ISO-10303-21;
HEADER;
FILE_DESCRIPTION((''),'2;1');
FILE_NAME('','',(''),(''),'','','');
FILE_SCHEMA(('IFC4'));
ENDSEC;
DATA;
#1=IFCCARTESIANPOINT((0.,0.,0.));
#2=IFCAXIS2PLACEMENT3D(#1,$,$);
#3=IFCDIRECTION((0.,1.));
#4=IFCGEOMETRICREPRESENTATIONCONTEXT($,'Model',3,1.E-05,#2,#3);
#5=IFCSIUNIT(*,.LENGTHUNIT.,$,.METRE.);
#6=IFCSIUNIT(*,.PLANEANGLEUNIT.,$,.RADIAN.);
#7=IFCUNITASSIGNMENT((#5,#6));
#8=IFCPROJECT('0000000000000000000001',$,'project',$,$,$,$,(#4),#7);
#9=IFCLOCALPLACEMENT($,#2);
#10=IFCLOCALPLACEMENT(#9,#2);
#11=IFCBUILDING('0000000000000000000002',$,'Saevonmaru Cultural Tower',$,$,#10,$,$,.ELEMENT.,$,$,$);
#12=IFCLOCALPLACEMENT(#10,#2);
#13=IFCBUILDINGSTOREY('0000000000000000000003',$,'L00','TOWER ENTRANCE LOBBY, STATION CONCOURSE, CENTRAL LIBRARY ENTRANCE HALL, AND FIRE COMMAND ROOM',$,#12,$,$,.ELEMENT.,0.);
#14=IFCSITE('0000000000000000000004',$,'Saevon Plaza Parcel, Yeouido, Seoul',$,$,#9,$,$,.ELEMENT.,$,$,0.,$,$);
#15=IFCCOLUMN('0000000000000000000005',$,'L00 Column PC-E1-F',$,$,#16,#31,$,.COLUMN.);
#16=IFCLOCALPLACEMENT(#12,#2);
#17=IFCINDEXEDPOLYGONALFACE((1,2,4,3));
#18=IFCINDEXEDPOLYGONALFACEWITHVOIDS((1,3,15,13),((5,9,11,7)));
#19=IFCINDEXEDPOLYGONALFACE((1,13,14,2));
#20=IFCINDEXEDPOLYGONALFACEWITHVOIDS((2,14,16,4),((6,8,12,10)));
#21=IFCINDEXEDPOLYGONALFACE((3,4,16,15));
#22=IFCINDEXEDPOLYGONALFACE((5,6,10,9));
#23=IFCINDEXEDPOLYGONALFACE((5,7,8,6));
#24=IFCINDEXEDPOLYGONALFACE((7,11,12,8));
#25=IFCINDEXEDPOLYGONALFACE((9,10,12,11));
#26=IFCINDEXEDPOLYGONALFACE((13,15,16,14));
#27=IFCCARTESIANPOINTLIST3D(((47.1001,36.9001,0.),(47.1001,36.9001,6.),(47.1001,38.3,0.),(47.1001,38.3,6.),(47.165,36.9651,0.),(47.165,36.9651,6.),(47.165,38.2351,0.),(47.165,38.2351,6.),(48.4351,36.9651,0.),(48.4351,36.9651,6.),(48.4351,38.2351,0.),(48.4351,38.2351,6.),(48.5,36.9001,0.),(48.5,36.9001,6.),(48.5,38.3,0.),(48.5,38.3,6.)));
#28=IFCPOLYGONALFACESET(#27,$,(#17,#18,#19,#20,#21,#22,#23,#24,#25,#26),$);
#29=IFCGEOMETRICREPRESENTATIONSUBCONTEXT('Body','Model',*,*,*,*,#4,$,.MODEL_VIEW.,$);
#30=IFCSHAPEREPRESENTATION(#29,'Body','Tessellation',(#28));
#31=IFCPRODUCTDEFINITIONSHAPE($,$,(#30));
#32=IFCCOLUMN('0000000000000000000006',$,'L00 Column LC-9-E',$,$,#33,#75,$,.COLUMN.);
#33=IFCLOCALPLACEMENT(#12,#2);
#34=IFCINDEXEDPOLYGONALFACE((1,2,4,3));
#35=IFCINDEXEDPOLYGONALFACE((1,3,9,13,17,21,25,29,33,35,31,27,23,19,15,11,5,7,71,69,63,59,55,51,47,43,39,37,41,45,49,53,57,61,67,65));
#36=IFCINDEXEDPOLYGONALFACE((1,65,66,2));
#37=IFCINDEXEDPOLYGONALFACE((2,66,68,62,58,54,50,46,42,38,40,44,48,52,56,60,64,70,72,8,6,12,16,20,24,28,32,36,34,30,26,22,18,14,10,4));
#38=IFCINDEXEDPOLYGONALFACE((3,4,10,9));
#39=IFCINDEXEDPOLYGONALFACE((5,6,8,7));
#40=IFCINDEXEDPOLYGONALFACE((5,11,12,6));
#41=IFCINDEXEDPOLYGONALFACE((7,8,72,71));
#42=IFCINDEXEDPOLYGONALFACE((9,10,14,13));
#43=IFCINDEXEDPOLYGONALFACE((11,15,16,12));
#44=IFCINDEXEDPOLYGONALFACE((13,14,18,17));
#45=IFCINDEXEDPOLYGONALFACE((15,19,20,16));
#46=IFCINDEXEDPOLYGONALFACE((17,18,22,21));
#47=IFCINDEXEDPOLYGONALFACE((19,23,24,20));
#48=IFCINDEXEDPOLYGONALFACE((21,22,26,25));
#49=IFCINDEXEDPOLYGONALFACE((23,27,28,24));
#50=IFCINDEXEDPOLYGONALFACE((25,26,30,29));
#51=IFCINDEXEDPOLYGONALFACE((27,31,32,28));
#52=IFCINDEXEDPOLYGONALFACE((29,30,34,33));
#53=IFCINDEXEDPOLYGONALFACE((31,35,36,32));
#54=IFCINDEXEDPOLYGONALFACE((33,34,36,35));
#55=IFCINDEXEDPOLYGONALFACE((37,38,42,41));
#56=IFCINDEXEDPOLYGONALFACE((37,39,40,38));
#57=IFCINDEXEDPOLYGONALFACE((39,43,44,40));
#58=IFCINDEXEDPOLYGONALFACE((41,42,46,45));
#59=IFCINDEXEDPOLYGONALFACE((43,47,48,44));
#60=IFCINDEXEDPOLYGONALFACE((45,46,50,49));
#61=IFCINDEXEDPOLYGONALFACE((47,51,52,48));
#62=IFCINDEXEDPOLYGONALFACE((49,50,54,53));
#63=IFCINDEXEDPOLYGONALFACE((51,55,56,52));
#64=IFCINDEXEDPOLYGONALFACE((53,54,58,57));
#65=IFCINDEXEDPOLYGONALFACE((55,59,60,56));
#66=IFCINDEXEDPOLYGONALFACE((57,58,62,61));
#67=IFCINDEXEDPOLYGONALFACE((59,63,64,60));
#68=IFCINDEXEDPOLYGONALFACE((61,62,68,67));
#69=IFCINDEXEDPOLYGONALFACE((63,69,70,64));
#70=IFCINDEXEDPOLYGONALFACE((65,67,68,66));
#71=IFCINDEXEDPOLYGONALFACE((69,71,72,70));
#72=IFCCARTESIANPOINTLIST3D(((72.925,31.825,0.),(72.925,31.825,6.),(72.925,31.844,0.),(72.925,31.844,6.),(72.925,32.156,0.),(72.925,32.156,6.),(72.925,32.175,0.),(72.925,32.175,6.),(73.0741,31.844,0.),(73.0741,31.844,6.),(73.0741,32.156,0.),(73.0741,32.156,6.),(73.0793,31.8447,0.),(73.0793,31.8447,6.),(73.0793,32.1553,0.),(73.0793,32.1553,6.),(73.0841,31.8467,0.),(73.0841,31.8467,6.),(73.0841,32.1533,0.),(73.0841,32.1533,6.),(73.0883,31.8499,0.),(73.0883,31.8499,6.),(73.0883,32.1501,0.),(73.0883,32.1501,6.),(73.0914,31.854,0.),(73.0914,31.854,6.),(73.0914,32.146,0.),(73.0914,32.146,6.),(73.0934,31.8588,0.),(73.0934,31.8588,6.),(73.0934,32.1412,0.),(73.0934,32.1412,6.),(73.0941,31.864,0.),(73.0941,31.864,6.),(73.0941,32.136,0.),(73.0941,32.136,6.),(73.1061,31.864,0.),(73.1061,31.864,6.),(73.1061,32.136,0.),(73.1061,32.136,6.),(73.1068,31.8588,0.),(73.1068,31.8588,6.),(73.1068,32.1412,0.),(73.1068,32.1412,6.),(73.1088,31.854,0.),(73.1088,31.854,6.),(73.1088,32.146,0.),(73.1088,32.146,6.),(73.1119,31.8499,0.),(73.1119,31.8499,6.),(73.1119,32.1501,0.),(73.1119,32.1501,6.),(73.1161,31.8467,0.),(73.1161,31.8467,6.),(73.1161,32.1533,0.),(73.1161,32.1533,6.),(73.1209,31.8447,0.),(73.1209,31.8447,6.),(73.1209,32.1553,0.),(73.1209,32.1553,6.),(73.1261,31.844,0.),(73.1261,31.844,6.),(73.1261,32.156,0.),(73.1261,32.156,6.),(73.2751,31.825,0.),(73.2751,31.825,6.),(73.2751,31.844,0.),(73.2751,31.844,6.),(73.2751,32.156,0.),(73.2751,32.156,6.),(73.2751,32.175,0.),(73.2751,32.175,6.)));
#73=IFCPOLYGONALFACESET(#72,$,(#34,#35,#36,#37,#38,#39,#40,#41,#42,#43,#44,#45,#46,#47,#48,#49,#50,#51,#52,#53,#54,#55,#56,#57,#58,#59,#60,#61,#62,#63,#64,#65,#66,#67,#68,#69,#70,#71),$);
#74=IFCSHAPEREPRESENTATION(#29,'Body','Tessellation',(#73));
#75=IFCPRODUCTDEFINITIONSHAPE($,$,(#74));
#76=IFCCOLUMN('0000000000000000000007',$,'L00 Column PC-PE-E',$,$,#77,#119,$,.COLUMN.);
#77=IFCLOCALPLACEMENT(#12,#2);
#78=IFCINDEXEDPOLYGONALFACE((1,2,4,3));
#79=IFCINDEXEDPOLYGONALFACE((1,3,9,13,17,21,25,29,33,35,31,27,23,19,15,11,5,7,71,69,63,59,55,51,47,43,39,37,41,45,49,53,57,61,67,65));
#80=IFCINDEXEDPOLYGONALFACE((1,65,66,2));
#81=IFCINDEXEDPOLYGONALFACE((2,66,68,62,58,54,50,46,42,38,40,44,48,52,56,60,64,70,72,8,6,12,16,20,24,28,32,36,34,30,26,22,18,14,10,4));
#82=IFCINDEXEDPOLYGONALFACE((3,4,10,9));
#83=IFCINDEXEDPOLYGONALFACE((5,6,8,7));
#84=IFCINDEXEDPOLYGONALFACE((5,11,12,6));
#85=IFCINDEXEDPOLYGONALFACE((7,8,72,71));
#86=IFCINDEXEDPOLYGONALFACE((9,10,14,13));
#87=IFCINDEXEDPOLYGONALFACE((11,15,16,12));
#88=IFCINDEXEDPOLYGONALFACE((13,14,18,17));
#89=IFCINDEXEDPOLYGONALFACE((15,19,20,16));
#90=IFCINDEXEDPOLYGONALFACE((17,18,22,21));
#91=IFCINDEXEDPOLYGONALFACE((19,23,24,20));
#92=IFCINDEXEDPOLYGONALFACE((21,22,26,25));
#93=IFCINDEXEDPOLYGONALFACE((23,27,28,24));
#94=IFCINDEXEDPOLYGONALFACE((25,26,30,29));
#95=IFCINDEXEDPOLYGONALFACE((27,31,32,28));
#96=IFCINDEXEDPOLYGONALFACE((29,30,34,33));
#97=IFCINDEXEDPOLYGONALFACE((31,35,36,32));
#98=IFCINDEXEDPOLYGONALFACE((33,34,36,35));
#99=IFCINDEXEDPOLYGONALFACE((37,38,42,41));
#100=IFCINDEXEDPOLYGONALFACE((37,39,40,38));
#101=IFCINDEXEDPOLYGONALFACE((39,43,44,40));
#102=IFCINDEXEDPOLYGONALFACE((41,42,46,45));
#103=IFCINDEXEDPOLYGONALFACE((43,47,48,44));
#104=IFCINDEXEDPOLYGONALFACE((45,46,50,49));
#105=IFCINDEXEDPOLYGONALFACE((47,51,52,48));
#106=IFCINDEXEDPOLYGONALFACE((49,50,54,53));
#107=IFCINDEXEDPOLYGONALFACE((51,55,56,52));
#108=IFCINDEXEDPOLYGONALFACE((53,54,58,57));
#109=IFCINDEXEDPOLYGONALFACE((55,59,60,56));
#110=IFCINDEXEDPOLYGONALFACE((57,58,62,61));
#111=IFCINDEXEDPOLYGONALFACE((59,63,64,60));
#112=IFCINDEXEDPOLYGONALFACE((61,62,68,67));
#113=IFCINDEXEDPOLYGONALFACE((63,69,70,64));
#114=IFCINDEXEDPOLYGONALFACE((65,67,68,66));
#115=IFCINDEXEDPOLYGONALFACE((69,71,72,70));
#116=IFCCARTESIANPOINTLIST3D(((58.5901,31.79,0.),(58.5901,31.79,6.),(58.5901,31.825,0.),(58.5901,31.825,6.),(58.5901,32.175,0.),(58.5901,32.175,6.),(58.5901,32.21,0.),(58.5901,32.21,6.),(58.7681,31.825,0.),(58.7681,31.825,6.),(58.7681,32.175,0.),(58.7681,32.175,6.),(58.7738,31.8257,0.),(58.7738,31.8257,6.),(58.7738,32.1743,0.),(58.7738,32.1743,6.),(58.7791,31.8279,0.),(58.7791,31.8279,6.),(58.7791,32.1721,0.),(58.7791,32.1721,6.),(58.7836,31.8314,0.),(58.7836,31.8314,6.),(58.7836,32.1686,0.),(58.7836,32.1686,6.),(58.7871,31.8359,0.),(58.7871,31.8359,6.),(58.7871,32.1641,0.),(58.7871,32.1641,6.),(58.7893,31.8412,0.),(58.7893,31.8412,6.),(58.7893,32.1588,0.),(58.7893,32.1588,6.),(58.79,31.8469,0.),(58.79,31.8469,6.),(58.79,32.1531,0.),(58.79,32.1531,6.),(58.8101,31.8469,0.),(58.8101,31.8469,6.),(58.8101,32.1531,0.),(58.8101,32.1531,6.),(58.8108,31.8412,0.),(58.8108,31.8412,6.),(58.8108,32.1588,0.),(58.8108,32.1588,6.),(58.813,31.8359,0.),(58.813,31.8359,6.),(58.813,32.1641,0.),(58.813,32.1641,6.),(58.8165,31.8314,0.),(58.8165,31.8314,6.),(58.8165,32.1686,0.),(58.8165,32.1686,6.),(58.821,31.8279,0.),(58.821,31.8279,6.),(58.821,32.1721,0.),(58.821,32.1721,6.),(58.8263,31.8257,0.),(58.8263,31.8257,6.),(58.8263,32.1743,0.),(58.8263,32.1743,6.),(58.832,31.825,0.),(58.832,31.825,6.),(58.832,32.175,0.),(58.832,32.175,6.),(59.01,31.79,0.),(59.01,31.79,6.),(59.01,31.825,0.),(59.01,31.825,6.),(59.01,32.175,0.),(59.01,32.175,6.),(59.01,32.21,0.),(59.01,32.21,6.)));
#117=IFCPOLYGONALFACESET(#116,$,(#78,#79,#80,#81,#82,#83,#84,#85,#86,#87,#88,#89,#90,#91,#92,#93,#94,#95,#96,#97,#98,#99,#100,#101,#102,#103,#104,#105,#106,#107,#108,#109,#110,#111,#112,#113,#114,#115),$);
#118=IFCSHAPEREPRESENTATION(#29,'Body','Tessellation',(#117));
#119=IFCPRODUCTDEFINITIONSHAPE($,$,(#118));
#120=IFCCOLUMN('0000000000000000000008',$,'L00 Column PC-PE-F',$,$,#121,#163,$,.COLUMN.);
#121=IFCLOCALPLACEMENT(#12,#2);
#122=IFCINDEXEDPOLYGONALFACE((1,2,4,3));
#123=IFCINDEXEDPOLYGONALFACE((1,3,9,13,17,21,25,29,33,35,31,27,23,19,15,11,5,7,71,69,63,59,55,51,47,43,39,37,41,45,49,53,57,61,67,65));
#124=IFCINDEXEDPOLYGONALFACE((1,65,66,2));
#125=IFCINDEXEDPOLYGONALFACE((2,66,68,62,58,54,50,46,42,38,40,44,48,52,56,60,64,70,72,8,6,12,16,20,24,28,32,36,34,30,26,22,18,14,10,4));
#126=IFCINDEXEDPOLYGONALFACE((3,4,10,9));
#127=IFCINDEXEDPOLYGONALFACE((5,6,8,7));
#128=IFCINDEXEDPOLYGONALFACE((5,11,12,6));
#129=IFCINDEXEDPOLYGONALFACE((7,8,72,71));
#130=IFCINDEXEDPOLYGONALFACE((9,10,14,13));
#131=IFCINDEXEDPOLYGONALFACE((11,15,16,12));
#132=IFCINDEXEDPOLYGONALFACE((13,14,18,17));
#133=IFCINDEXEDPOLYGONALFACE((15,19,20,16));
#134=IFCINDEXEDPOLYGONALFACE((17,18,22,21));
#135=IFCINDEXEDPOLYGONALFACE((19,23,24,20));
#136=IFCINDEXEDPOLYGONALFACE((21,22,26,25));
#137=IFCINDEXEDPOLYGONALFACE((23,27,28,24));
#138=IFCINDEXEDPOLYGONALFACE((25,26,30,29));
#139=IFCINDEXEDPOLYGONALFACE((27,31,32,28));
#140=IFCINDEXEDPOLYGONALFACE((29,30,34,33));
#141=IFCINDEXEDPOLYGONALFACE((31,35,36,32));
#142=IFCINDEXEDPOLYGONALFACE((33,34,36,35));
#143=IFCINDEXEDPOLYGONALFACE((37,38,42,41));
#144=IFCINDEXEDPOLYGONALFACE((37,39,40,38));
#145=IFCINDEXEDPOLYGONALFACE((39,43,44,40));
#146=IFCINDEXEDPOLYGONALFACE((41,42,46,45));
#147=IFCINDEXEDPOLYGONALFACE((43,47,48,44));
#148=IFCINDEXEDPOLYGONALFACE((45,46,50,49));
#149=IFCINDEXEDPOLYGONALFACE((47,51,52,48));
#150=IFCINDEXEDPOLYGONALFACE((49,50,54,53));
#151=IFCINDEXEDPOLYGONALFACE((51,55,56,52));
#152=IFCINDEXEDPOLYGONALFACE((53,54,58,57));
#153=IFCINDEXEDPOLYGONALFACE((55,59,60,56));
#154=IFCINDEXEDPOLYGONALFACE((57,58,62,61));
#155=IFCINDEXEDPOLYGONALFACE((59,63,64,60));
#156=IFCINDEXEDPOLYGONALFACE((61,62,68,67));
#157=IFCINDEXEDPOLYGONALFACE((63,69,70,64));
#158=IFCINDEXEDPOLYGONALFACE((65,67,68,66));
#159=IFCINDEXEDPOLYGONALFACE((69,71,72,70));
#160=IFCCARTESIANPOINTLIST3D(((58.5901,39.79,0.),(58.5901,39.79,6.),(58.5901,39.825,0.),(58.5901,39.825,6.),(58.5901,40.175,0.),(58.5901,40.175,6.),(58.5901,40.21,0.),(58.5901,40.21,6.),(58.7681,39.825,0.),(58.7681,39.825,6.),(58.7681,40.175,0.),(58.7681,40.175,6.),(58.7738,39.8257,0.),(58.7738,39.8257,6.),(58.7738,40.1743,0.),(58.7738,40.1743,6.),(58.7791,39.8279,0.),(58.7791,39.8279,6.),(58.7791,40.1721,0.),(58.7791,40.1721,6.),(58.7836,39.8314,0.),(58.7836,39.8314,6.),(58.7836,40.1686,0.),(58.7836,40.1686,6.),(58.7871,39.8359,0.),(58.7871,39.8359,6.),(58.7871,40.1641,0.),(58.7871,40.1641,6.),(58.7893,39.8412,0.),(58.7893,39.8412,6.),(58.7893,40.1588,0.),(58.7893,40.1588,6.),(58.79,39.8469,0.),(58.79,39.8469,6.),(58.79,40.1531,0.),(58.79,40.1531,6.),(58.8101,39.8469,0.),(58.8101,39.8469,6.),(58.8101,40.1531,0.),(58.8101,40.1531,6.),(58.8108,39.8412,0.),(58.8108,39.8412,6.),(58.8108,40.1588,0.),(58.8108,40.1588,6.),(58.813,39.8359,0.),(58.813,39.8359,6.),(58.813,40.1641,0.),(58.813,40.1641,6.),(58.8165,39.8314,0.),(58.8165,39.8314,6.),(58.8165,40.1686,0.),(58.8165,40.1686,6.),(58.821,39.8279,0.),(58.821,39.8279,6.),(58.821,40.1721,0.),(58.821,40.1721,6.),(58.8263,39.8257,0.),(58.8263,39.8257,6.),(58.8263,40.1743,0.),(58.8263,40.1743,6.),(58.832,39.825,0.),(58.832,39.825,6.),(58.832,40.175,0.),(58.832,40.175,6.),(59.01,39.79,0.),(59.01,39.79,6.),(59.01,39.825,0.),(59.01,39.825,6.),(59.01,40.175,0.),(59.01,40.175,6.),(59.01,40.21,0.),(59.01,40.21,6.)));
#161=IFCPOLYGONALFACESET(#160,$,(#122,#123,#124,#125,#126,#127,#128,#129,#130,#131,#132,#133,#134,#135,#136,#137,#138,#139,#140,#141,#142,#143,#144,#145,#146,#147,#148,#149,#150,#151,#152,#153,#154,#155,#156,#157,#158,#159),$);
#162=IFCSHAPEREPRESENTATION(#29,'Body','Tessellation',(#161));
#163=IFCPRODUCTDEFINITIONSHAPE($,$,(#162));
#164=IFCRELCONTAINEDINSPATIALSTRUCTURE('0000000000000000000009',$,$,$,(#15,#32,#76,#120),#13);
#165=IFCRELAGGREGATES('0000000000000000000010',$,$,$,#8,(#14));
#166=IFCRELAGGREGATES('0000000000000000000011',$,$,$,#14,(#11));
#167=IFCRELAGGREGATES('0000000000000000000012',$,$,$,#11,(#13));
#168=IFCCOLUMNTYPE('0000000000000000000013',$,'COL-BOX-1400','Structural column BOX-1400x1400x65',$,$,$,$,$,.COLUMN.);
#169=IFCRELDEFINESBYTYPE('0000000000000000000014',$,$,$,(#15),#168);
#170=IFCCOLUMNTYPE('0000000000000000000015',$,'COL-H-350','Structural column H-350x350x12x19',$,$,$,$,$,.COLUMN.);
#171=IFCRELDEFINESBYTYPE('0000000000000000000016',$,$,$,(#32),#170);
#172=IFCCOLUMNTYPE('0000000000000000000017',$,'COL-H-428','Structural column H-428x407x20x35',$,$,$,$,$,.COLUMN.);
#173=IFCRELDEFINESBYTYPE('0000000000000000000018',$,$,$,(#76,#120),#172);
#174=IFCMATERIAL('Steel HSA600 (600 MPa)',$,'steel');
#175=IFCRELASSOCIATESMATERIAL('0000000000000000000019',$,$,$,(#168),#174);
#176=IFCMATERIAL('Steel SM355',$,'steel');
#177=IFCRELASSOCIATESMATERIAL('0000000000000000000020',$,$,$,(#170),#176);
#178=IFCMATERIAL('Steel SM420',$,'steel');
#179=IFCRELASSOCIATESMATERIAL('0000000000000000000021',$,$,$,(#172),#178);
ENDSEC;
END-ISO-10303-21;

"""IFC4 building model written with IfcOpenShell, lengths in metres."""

from ifc_helpers import new_model, si_unit, direction, frame, origin, origin_2d, place, context, subcontext, project, spatial, hollow_rectangle, i_section, extrude, material, material_profile, profile_set, type_object, element, save


model = new_model("IFC4")

# Units and contexts
model_context = context("Model", 3, precision=1e-05, world=origin(), true_north=direction((0.0, 1.0)))
body_context = subcontext(model_context, "Body", "Model", "MODEL_VIEW")
ifc_project = project(units=[si_unit("LENGTHUNIT", "METRE"), si_unit("PLANEANGLEUNIT", "RADIAN")], contexts=[model_context])

# Site, building, storey
site_placement = place(None, origin())
site = spatial("IfcSite", under=ifc_project, at=site_placement, Name="Saevon Plaza Parcel, Yeouido, Seoul", CompositionType="ELEMENT", RefElevation=0.0)
building_placement = place(site_placement, origin())
building = spatial("IfcBuilding", under=site, at=building_placement, Name="Saevonmaru Cultural Tower", CompositionType="ELEMENT")
storey_placement = place(building_placement, origin())
storey = spatial("IfcBuildingStorey", under=building, at=storey_placement, Name="L00", Description="TOWER ENTRANCE LOBBY, STATION CONCOURSE, CENTRAL LIBRARY ENTRANCE HALL, AND FIRE COMMAND ROOM", CompositionType="ELEMENT", Elevation=0.0)

# Columns
ifc_material_1 = material(Name="Steel HSA600 (600 MPa)", Category="steel")
ifc_material_profile_1 = material_profile(ifc_material_1, hollow_rectangle(XDim=1.3999, YDim=1.3999, WallThickness=0.0649, at=origin_2d()), Name="BOX-1400x1400x65")
ifc_profile_set_1 = profile_set([ifc_material_profile_1], Name="Steel HSA600 (600 MPa)")
column_type_1 = type_object("IfcColumnType", Name="COL-BOX-1400", Description="Structural column BOX-1400x1400x65", PredefinedType="COLUMN", material=ifc_profile_set_1)
column_1_placement = place(storey_placement, frame((47.8, 37.6001, 0.0), z_axis=(0.0, 0.0, 1.0), x_axis=(1.0, 0.0, 0.0)))
element("IfcColumn", 1, at=column_1_placement, inside=storey, type_object=column_type_1, Name="L00 Column PC-E1-F", PredefinedType="COLUMN", context=body_context, shape_type="SweptSolid", body=[
    extrude(hollow_rectangle(XDim=1.3999, YDim=1.3999, WallThickness=0.0649, at=origin_2d()), origin(), (0.0, 0.0, 1.0), 6.0),
])
ifc_material_2 = material(Name="Steel SM355", Category="steel")
ifc_material_profile_2 = material_profile(ifc_material_2, i_section(OverallWidth=0.3501, OverallDepth=0.3501, WebThickness=0.012, FlangeThickness=0.019, FilletRadius=0.02, at=origin_2d()), Name="H-350x350x12x19")
ifc_profile_set_2 = profile_set([ifc_material_profile_2], Name="Steel SM355")
column_type_2 = type_object("IfcColumnType", Name="COL-H-350", Description="Structural column H-350x350x12x19", PredefinedType="COLUMN", material=ifc_profile_set_2)
column_2_placement = place(storey_placement, frame((73.1001, 32.0, 0.0), z_axis=(0.0, 0.0, 1.0), x_axis=(1.0, 0.0, 0.0)))
element("IfcColumn", 2, at=column_2_placement, inside=storey, type_object=column_type_2, Name="L00 Column LC-9-E", PredefinedType="COLUMN", context=body_context, shape_type="SweptSolid", body=[
    extrude(i_section(OverallWidth=0.3501, OverallDepth=0.3501, WebThickness=0.012, FlangeThickness=0.019, FilletRadius=0.02, at=origin_2d()), origin(), (0.0, 0.0, 1.0), 6.0),
])
ifc_material_3 = material(Name="Steel SM420", Category="steel")
ifc_material_profile_3 = material_profile(ifc_material_3, i_section(OverallWidth=0.4199, OverallDepth=0.4199, WebThickness=0.02, FlangeThickness=0.0349, FilletRadius=0.022, at=origin_2d()), Name="H-428x407x20x35")
ifc_profile_set_3 = profile_set([ifc_material_profile_3], Name="Steel SM420")
column_type_3 = type_object("IfcColumnType", Name="COL-H-428", Description="Structural column H-428x407x20x35", PredefinedType="COLUMN", material=ifc_profile_set_3)
for number, where, z_axis, x_axis, name in (
    (3, (58.8, 32.0, 0.0), (0.0, 0.0, 1.0), (1.0, 0.0, 0.0), "L00 Column PC-PE-E"),
    (4, (58.8, 40.0, 0.0), (0.0, 0.0, 1.0), (1.0, 0.0, 0.0), "L00 Column PC-PE-F"),
):
    element("IfcColumn", number, at=place(storey_placement, frame(where, z_axis=z_axis, x_axis=x_axis)), inside=storey, type_object=column_type_3, Name=name, PredefinedType="COLUMN", context=body_context, shape_type="SweptSolid", body=[
        extrude(i_section(OverallWidth=0.4199, OverallDepth=0.4199, WebThickness=0.02, FlangeThickness=0.0349, FilletRadius=0.022, at=origin_2d()), origin(), (0.0, 0.0, 1.0), 6.0),
    ])

save(model, "model.ifc")
